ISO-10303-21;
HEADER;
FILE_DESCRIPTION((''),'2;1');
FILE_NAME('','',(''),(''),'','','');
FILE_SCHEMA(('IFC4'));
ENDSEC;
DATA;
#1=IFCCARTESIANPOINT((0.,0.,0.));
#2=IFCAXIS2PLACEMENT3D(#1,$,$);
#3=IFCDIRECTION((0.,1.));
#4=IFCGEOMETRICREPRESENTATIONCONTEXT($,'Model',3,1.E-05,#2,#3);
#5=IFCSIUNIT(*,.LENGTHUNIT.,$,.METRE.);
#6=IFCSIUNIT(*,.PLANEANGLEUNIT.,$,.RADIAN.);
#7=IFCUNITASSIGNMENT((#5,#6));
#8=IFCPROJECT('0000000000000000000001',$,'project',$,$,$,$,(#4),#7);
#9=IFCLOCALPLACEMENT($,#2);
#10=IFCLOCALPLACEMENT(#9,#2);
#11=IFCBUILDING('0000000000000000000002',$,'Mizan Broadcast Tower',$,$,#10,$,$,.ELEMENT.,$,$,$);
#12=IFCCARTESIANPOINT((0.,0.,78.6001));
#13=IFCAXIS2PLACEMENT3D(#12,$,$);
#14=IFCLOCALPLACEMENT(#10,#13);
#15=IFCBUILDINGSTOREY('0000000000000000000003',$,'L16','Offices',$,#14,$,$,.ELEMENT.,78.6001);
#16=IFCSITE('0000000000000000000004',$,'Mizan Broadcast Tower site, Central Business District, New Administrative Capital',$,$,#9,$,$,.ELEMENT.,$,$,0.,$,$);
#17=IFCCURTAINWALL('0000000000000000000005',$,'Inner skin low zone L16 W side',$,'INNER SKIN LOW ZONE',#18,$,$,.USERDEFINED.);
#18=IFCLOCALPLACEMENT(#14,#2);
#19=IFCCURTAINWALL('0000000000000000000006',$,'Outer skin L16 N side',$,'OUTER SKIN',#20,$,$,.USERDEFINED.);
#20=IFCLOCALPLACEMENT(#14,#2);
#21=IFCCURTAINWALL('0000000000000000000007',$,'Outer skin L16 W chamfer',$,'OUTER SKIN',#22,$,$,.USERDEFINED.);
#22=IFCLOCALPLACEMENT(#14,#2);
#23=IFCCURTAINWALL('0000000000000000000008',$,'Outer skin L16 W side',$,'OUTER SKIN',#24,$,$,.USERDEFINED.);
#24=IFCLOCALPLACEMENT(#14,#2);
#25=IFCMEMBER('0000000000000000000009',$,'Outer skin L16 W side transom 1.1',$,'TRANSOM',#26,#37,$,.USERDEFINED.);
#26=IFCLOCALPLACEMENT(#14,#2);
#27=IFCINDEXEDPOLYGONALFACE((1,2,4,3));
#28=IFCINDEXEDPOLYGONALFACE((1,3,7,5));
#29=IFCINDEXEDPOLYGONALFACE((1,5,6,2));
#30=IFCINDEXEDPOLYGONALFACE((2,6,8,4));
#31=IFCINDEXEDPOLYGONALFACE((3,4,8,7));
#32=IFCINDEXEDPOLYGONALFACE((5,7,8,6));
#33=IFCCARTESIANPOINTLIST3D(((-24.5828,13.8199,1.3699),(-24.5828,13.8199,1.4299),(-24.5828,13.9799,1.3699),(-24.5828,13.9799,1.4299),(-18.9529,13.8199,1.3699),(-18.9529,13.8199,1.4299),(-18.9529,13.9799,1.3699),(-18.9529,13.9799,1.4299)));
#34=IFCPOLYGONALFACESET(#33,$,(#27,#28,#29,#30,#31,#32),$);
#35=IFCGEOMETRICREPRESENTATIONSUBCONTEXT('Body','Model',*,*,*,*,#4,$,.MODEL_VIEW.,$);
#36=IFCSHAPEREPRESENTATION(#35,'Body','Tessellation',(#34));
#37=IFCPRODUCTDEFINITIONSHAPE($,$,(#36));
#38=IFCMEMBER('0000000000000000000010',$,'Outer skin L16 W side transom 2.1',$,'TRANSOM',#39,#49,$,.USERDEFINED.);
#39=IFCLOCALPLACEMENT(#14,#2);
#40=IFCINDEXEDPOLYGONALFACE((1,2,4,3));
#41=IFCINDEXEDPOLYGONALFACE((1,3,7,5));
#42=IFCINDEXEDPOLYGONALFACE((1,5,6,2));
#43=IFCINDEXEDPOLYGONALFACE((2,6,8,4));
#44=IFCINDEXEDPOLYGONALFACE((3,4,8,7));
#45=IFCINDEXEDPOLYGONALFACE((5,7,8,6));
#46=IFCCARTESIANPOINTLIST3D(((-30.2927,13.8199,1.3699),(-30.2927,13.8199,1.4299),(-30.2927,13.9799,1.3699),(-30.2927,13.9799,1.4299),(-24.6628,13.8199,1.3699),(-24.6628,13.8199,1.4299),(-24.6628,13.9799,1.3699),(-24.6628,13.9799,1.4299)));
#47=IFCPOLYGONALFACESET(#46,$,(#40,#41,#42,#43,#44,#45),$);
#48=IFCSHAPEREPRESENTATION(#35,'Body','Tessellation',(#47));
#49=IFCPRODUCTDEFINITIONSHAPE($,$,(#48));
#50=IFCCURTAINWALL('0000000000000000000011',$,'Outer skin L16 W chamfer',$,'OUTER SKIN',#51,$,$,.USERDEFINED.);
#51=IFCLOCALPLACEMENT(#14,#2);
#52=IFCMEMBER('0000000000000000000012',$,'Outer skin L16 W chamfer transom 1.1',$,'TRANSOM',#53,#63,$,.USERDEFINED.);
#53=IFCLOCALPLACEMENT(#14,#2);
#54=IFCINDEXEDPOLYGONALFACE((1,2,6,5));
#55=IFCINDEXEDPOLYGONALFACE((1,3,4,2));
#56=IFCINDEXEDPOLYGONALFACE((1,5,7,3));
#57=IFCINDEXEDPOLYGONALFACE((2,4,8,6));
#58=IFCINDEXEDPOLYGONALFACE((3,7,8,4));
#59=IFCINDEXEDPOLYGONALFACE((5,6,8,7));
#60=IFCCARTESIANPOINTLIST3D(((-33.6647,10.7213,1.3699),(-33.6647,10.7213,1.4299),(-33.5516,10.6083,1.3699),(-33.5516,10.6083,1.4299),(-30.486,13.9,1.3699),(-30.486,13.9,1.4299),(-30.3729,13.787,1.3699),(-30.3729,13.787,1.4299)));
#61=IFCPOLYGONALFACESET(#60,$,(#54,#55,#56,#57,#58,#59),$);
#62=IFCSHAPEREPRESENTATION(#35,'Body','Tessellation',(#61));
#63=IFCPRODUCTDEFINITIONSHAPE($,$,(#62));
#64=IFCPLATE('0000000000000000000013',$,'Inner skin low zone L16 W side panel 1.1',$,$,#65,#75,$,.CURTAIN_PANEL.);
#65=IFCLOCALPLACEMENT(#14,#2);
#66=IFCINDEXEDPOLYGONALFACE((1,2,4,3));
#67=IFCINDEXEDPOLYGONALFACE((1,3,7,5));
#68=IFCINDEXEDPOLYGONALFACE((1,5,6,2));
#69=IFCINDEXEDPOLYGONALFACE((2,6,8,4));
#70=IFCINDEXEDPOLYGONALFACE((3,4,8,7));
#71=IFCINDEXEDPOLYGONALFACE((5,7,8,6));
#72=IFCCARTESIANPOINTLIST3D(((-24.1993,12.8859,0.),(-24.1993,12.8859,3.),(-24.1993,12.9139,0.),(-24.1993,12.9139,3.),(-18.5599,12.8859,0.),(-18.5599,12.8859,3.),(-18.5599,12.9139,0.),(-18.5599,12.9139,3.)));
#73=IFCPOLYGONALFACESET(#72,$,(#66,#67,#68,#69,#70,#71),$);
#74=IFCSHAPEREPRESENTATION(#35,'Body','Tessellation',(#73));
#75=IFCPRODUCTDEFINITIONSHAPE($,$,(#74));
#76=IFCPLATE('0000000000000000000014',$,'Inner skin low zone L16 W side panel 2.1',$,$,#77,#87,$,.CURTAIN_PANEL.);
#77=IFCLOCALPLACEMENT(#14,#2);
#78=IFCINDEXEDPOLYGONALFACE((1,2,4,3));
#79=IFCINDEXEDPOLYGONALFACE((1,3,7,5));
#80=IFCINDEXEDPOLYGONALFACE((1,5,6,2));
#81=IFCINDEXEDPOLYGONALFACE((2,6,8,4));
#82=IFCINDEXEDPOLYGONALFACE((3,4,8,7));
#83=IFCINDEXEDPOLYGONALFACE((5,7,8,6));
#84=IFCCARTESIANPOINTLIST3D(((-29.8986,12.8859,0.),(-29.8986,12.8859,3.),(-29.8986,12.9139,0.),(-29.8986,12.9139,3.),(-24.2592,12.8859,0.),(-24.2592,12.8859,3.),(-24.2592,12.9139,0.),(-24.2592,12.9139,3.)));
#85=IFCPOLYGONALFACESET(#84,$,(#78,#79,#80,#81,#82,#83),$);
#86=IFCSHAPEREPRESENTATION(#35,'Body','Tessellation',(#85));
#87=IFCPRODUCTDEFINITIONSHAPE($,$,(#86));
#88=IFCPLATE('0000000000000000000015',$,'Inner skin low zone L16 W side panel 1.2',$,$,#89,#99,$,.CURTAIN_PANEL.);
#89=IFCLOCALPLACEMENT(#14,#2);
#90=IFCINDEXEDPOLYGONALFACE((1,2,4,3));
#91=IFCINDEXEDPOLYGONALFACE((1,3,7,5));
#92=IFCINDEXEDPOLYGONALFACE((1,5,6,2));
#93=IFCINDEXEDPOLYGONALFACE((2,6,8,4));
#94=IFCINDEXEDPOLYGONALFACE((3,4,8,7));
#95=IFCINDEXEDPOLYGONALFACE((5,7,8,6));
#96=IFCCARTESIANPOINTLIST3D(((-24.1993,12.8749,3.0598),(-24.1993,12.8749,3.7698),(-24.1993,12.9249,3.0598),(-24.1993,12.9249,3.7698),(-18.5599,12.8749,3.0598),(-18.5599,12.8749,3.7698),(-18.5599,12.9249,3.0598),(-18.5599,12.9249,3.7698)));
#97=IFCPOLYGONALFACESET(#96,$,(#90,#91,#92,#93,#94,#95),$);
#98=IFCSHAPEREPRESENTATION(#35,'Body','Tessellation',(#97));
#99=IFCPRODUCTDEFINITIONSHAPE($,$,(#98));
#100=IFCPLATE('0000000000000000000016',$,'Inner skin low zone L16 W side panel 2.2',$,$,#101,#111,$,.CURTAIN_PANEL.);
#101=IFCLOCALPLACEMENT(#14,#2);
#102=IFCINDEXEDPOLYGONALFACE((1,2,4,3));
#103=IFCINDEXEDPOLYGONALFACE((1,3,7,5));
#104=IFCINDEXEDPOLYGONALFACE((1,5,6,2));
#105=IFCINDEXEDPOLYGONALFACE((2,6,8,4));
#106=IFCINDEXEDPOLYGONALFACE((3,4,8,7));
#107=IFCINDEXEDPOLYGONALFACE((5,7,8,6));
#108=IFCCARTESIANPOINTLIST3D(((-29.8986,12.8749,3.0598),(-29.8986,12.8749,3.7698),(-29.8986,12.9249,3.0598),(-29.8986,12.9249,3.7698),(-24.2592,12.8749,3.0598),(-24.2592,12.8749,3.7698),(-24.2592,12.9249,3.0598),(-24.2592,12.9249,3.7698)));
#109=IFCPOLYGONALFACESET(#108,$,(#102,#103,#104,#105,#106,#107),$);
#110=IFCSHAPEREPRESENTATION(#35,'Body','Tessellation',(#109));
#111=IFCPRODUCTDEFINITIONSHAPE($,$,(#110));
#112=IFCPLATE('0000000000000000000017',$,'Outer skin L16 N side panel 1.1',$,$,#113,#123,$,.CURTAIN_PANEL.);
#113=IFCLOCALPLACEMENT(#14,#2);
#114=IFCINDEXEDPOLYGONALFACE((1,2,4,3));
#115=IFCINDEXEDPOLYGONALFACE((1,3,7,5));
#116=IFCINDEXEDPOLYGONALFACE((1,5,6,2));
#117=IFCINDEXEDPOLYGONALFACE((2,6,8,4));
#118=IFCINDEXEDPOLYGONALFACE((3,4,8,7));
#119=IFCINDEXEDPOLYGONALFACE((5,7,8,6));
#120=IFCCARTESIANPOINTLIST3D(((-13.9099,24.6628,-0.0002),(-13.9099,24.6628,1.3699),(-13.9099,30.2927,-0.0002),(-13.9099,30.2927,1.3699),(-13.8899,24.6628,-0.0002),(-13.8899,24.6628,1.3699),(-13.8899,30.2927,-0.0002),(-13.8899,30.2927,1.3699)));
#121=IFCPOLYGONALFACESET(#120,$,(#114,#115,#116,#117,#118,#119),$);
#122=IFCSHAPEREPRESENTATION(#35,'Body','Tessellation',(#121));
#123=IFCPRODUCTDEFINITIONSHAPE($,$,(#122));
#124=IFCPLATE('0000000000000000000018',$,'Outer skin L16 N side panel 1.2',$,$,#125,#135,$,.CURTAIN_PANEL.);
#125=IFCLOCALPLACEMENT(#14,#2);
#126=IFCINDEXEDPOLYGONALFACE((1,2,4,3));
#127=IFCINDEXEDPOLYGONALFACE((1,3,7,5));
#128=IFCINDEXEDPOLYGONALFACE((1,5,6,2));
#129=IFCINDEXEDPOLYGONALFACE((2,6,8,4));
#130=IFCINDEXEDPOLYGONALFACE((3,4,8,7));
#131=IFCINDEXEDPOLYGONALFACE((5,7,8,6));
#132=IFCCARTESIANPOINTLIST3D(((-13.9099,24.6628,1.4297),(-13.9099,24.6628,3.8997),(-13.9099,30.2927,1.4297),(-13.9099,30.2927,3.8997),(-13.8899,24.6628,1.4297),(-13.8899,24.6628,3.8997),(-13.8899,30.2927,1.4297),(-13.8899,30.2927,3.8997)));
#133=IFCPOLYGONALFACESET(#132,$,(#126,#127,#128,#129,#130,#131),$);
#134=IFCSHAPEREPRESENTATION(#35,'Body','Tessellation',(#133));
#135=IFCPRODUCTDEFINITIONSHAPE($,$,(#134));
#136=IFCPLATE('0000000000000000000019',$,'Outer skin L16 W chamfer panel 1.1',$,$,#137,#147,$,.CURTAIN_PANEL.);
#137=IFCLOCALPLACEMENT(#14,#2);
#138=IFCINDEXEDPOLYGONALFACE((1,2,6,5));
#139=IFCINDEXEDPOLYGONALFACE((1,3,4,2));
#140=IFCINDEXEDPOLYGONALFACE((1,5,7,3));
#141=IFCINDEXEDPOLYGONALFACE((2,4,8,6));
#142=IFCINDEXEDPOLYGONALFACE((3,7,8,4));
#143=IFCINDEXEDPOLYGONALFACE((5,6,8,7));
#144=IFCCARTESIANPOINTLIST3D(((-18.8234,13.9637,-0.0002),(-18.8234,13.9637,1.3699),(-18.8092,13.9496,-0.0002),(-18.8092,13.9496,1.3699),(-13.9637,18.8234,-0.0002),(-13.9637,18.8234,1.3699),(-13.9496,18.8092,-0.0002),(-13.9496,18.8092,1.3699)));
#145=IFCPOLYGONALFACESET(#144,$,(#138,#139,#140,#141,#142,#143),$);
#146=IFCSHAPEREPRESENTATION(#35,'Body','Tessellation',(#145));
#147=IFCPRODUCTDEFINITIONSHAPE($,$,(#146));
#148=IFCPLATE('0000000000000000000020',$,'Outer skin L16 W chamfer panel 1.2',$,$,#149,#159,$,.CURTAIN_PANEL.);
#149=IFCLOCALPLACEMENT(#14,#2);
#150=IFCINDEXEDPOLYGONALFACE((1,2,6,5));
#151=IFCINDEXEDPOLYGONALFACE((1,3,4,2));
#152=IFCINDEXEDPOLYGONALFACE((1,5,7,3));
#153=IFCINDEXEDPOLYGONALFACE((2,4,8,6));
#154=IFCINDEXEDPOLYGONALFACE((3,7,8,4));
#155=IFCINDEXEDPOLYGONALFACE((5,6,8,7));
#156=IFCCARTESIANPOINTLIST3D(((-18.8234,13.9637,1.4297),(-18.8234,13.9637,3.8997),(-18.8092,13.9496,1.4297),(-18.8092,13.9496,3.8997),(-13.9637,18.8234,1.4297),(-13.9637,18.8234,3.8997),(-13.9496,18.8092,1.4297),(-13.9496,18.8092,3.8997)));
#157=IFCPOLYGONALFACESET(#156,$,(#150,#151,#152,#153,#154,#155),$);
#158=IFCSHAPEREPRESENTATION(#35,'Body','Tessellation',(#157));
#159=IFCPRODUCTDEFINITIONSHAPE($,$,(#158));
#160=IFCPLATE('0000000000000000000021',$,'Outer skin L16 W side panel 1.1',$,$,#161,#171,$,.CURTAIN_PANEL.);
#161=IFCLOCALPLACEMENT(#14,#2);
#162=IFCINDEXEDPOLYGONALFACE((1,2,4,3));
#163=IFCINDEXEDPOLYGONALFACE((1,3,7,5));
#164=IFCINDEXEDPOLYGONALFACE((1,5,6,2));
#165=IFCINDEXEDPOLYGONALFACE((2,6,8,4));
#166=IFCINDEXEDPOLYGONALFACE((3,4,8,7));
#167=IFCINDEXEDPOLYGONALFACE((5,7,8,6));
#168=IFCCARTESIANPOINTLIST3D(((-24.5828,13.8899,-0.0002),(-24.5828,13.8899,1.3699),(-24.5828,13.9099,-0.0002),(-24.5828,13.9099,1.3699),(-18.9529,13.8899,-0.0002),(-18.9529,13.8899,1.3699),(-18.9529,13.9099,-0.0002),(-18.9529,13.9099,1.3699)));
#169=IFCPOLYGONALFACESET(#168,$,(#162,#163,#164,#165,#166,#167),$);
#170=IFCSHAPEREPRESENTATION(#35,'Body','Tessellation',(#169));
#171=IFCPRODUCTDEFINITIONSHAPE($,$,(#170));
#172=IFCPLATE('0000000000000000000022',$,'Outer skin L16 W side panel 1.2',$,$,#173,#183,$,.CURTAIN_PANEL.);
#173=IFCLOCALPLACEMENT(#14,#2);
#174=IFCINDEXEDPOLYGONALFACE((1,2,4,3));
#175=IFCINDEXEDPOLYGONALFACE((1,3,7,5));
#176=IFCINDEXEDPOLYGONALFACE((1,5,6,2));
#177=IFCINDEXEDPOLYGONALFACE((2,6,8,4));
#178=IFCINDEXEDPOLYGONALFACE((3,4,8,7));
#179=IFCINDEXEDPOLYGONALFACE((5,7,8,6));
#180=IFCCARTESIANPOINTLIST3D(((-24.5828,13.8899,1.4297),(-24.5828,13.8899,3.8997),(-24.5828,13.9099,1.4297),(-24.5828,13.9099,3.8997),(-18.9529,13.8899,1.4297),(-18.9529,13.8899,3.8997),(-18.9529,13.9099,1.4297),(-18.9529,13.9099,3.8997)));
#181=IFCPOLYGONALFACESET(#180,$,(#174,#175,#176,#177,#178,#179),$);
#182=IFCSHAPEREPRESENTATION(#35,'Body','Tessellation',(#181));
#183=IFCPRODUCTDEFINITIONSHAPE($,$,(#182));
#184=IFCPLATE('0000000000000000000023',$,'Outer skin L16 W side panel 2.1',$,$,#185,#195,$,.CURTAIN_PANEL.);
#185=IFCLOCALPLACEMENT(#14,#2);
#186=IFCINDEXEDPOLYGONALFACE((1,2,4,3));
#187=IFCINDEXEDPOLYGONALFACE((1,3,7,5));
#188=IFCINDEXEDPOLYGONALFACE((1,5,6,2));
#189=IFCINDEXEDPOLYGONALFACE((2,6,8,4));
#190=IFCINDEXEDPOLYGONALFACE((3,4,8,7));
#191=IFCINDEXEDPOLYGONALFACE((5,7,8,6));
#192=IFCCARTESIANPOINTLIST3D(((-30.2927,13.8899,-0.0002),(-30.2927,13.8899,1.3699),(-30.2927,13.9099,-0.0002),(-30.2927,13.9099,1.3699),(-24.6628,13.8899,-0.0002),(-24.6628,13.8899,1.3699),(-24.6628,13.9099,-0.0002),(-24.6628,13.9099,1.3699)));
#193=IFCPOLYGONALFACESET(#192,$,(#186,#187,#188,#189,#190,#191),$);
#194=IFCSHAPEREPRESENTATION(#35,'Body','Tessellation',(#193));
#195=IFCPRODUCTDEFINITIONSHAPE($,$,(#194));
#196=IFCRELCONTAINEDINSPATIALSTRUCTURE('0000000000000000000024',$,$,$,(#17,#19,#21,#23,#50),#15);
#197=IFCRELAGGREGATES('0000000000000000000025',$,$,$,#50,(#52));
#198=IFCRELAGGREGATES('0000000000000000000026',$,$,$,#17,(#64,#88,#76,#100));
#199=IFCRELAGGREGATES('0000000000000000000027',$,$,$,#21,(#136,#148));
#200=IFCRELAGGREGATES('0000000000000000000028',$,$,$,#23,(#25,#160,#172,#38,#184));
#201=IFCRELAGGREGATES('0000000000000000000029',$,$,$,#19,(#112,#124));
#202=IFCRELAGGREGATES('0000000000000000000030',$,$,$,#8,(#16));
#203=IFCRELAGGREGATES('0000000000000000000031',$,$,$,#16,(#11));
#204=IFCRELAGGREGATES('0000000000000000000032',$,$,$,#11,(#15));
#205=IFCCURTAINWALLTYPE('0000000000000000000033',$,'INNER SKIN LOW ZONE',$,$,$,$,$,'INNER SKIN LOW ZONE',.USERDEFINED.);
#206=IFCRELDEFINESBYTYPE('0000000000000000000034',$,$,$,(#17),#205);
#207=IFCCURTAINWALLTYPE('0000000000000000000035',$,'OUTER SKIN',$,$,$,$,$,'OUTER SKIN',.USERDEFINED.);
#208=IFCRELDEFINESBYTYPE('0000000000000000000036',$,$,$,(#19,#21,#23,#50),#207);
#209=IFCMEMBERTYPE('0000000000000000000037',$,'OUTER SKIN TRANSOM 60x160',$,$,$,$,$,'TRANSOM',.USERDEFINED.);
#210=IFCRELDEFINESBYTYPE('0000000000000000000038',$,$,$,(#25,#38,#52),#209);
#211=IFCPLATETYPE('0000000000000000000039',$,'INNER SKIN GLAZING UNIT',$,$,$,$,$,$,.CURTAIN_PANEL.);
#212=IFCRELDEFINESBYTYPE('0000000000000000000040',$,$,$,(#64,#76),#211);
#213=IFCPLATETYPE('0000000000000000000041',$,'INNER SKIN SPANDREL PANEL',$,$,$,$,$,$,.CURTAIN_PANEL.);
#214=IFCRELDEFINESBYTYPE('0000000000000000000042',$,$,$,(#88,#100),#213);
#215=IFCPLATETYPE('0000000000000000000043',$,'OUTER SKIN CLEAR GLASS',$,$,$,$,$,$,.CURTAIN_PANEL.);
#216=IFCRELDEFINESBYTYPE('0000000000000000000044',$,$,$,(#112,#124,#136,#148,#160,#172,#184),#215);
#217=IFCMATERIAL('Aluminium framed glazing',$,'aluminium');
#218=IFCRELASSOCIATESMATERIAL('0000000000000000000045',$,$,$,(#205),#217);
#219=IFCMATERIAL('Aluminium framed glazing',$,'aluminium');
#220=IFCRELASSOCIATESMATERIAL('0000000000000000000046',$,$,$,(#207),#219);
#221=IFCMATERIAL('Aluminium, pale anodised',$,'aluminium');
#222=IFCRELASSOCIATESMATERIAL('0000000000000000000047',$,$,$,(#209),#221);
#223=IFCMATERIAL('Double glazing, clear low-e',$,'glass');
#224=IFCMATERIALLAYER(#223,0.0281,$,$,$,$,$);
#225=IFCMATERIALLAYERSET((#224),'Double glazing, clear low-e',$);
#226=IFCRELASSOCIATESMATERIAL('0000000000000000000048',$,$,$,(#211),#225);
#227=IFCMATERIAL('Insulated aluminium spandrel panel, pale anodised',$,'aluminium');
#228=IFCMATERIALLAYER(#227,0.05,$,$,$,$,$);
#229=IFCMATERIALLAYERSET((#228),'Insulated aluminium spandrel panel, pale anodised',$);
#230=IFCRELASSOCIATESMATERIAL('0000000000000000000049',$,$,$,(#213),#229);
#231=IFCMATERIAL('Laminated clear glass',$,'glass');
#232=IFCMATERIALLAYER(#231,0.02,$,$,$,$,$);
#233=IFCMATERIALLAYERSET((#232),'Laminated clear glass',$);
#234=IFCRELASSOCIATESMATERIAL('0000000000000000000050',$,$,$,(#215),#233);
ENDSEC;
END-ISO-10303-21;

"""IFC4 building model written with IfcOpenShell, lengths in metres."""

from ifc_helpers import new_model, si_unit, direction, frame, origin, origin_2d, place, context, subcontext, project, spatial, rectangle, extrude, material, layer, layer_set, material_profile, profile_set, type_object, element, aggregate, save


model = new_model("IFC4")

# Units and contexts
model_context = context("Model", 3, precision=1e-05, world=origin(), true_north=direction((0.0, 1.0)))
body_context = subcontext(model_context, "Body", "Model", "MODEL_VIEW")
ifc_project = project(units=[si_unit("LENGTHUNIT", "METRE"), si_unit("PLANEANGLEUNIT", "RADIAN")], contexts=[model_context])

# Site, building, storey
site_placement = place(None, origin())
site = spatial("IfcSite", under=ifc_project, at=site_placement, Name="Mizan Broadcast Tower site, Central Business District, New Administrative Capital", CompositionType="ELEMENT", RefElevation=0.0)
building_placement = place(site_placement, origin())
building = spatial("IfcBuilding", under=site, at=building_placement, Name="Mizan Broadcast Tower", CompositionType="ELEMENT")
storey_placement = place(building_placement, frame((0.0, 0.0, 78.6001)))
storey = spatial("IfcBuildingStorey", under=building, at=storey_placement, Name="L16", Description="Offices", CompositionType="ELEMENT", Elevation=78.6001)

# Curtain wall
ifc_material_1 = material(Name="Aluminium framed glazing", Category="aluminium")
curtain_wall_type_1 = type_object("IfcCurtainWallType", Name="INNER SKIN LOW ZONE", ElementType="INNER SKIN LOW ZONE", PredefinedType="USERDEFINED", material=ifc_material_1)
curtain_wall_1_placement = place(storey_placement, origin())
curtain_wall_1 = element("IfcCurtainWall", 1, at=curtain_wall_1_placement, inside=storey, type_object=curtain_wall_type_1, Name="Inner skin low zone L16 W side", ObjectType="INNER SKIN LOW ZONE", PredefinedType="USERDEFINED")

# Shared definitions
ifc_material_2 = material(Name="Aluminium framed glazing", Category="aluminium")
curtain_wall_type_2 = type_object("IfcCurtainWallType", Name="OUTER SKIN", ElementType="OUTER SKIN", PredefinedType="USERDEFINED", material=ifc_material_2)

# Curtain wall
curtain_wall_2_placement = place(storey_placement, origin())
curtain_wall_2 = element("IfcCurtainWall", 2, at=curtain_wall_2_placement, inside=storey, type_object=curtain_wall_type_2, Name="Outer skin L16 N side", ObjectType="OUTER SKIN", PredefinedType="USERDEFINED")

# Curtain wall
curtain_wall_3_placement = place(storey_placement, origin())
curtain_wall_3 = element("IfcCurtainWall", 3, at=curtain_wall_3_placement, inside=storey, type_object=curtain_wall_type_2, Name="Outer skin L16 W chamfer", ObjectType="OUTER SKIN", PredefinedType="USERDEFINED")

# Curtain wall
curtain_wall_4_placement = place(storey_placement, origin())
curtain_wall_4 = element("IfcCurtainWall", 4, at=curtain_wall_4_placement, inside=storey, type_object=curtain_wall_type_2, Name="Outer skin L16 W side", ObjectType="OUTER SKIN", PredefinedType="USERDEFINED")

# Members
ifc_material_3 = material(Name="Aluminium, pale anodised", Category="aluminium")
ifc_material_profile_1 = material_profile(ifc_material_3, rectangle(XDim=0.1599, YDim=0.0601, at=origin_2d()), Name="TRANSOM 160x60")
ifc_profile_set_1 = profile_set([ifc_material_profile_1], Name="Aluminium, pale anodised")
member_type_1 = type_object("IfcMemberType", Name="OUTER SKIN TRANSOM 60x160", ElementType="TRANSOM", PredefinedType="USERDEFINED", material=ifc_profile_set_1)
member_1_placement = place(storey_placement, frame((-18.9529, 13.8999, 1.3999), z_axis=(-1.0, 0.0, 0.0), x_axis=(0.0, -1.0, 0.0)))
member_1 = element("IfcMember", 5, at=member_1_placement, type_object=member_type_1, Name="Outer skin L16 W side transom 1.1", ObjectType="TRANSOM", PredefinedType="USERDEFINED", context=body_context, shape_type="SweptSolid", body=[
    extrude(rectangle(XDim=0.1599, YDim=0.0601, at=origin_2d()), origin(), (0.0, 0.0, 1.0), 5.6299),
])
member_2_placement = place(storey_placement, frame((-24.6628, 13.8999, 1.3999), z_axis=(-1.0, 0.0, 0.0), x_axis=(0.0, -1.0, 0.0)))
member_2 = element("IfcMember", 6, at=member_2_placement, type_object=member_type_1, Name="Outer skin L16 W side transom 2.1", ObjectType="TRANSOM", PredefinedType="USERDEFINED", context=body_context, shape_type="SweptSolid", body=[
    extrude(rectangle(XDim=0.1599, YDim=0.0601, at=origin_2d()), origin(), (0.0, 0.0, 1.0), 5.6299),
])

# Curtain wall, member
curtain_wall_5_placement = place(storey_placement, origin())
curtain_wall_5 = element("IfcCurtainWall", 7, at=curtain_wall_5_placement, inside=storey, type_object=curtain_wall_type_2, Name="Outer skin L16 W chamfer", ObjectType="OUTER SKIN", PredefinedType="USERDEFINED")
member_3_placement = place(storey_placement, frame((-30.4294, 13.8435, 1.3999), z_axis=(-0.707107, -0.707107, 0.0), x_axis=(0.707107, -0.707107, 0.0)))
member_3 = element("IfcMember", 8, at=member_3_placement, type_object=member_type_1, Name="Outer skin L16 W chamfer transom 1.1", ObjectType="TRANSOM", PredefinedType="USERDEFINED", context=body_context, shape_type="SweptSolid", body=[
    extrude(rectangle(XDim=0.1599, YDim=0.0601, at=origin_2d()), origin(), (0.0, 0.0, 1.0), 4.4954),
])
aggregate(curtain_wall_5, [member_3])

# Plates
ifc_material_4 = material(Name="Double glazing, clear low-e", Category="glass")
ifc_layer_1 = layer(ifc_material_4, 0.0281)
ifc_layer_set_1 = layer_set([ifc_layer_1], Name="Double glazing, clear low-e")
plate_type_1 = type_object("IfcPlateType", Name="INNER SKIN GLAZING UNIT", PredefinedType="CURTAIN_PANEL", material=ifc_layer_set_1)
plate_1_placement = place(storey_placement, frame((-21.3796, 12.8999, 0.0), z_axis=(0.0, 0.0, 1.0), x_axis=(-1.0, 0.0, 0.0)))
plate_1 = element("IfcPlate", 9, at=plate_1_placement, type_object=plate_type_1, Name="Inner skin low zone L16 W side panel 1.1", PredefinedType="CURTAIN_PANEL", context=body_context, shape_type="SweptSolid", body=[
    extrude(rectangle(XDim=5.6394, YDim=0.0281, at=origin_2d()), origin(), (0.0, 0.0, 1.0), 3.0),
])
plate_2_placement = place(storey_placement, frame((-27.0789, 12.8999, 0.0), z_axis=(0.0, 0.0, 1.0), x_axis=(-1.0, 0.0, 0.0)))
plate_2 = element("IfcPlate", 10, at=plate_2_placement, type_object=plate_type_1, Name="Inner skin low zone L16 W side panel 2.1", PredefinedType="CURTAIN_PANEL", context=body_context, shape_type="SweptSolid", body=[
    extrude(rectangle(XDim=5.6394, YDim=0.0281, at=origin_2d()), origin(), (0.0, 0.0, 1.0), 3.0),
])
ifc_material_5 = material(Name="Insulated aluminium spandrel panel, pale anodised", Category="aluminium")
ifc_layer_2 = layer(ifc_material_5, 0.05)
ifc_layer_set_2 = layer_set([ifc_layer_2], Name="Insulated aluminium spandrel panel, pale anodised")
plate_type_2 = type_object("IfcPlateType", Name="INNER SKIN SPANDREL PANEL", PredefinedType="CURTAIN_PANEL", material=ifc_layer_set_2)
plate_3_placement = place(storey_placement, frame((-21.3796, 12.8999, 3.0598), z_axis=(0.0, 0.0, 1.0), x_axis=(-1.0, 0.0, 0.0)))
plate_3 = element("IfcPlate", 11, at=plate_3_placement, type_object=plate_type_2, Name="Inner skin low zone L16 W side panel 1.2", PredefinedType="CURTAIN_PANEL", context=body_context, shape_type="SweptSolid", body=[
    extrude(rectangle(XDim=5.6394, YDim=0.05, at=origin_2d()), origin(), (0.0, 0.0, 1.0), 0.71),
])
plate_4_placement = place(storey_placement, frame((-27.0789, 12.8999, 3.0598), z_axis=(0.0, 0.0, 1.0), x_axis=(-1.0, 0.0, 0.0)))
plate_4 = element("IfcPlate", 12, at=plate_4_placement, type_object=plate_type_2, Name="Inner skin low zone L16 W side panel 2.2", PredefinedType="CURTAIN_PANEL", context=body_context, shape_type="SweptSolid", body=[
    extrude(rectangle(XDim=5.6394, YDim=0.05, at=origin_2d()), origin(), (0.0, 0.0, 1.0), 0.71),
])
aggregate(curtain_wall_1, [plate_1, plate_3, plate_2, plate_4])
ifc_material_6 = material(Name="Laminated clear glass", Category="glass")
ifc_layer_3 = layer(ifc_material_6, 0.02)
ifc_layer_set_3 = layer_set([ifc_layer_3], Name="Laminated clear glass")
plate_type_3 = type_object("IfcPlateType", Name="OUTER SKIN CLEAR GLASS", PredefinedType="CURTAIN_PANEL", material=ifc_layer_set_3)
plate_5_placement = place(storey_placement, frame((-13.8999, 27.4778, -0.0002), z_axis=(0.0, 0.0, 1.0), x_axis=(0.0, -1.0, 0.0)))
plate_5 = element("IfcPlate", 13, at=plate_5_placement, type_object=plate_type_3, Name="Outer skin L16 N side panel 1.1", PredefinedType="CURTAIN_PANEL", context=body_context, shape_type="SweptSolid", body=[
    extrude(rectangle(XDim=5.6299, YDim=0.02, at=origin_2d()), origin(), (0.0, 0.0, 1.0), 1.3701),
])
plate_6_placement = place(storey_placement, frame((-13.8999, 27.4778, 1.4297), z_axis=(0.0, 0.0, 1.0), x_axis=(0.0, -1.0, 0.0)))
plate_6 = element("IfcPlate", 14, at=plate_6_placement, type_object=plate_type_3, Name="Outer skin L16 N side panel 1.2", PredefinedType="CURTAIN_PANEL", context=body_context, shape_type="SweptSolid", body=[
    extrude(rectangle(XDim=5.6299, YDim=0.02, at=origin_2d()), origin(), (0.0, 0.0, 1.0), 2.47),
])
plate_7_placement = place(storey_placement, frame((-16.3865, 16.3865, -0.0002), z_axis=(0.0, 0.0, 1.0), x_axis=(-0.707107, -0.707107, 0.0)))
plate_7 = element("IfcPlate", 15, at=plate_7_placement, type_object=plate_type_3, Name="Outer skin L16 W chamfer panel 1.1", PredefinedType="CURTAIN_PANEL", context=body_context, shape_type="SweptSolid", body=[
    extrude(rectangle(XDim=6.8726, YDim=0.02, at=origin_2d()), origin(), (0.0, 0.0, 1.0), 1.3701),
])
plate_8_placement = place(storey_placement, frame((-16.3865, 16.3865, 1.4297), z_axis=(0.0, 0.0, 1.0), x_axis=(-0.707107, -0.707107, 0.0)))
plate_8 = element("IfcPlate", 16, at=plate_8_placement, type_object=plate_type_3, Name="Outer skin L16 W chamfer panel 1.2", PredefinedType="CURTAIN_PANEL", context=body_context, shape_type="SweptSolid", body=[
    extrude(rectangle(XDim=6.8726, YDim=0.02, at=origin_2d()), origin(), (0.0, 0.0, 1.0), 2.47),
])
aggregate(curtain_wall_3, [plate_7, plate_8])
plate_9_placement = place(storey_placement, frame((-21.7678, 13.8999, -0.0002), z_axis=(0.0, 0.0, 1.0), x_axis=(-1.0, 0.0, 0.0)))
plate_9 = element("IfcPlate", 17, at=plate_9_placement, type_object=plate_type_3, Name="Outer skin L16 W side panel 1.1", PredefinedType="CURTAIN_PANEL", context=body_context, shape_type="SweptSolid", body=[
    extrude(rectangle(XDim=5.6299, YDim=0.02, at=origin_2d()), origin(), (0.0, 0.0, 1.0), 1.3701),
])
plate_10_placement = place(storey_placement, frame((-21.7678, 13.8999, 1.4297), z_axis=(0.0, 0.0, 1.0), x_axis=(-1.0, 0.0, 0.0)))
plate_10 = element("IfcPlate", 18, at=plate_10_placement, type_object=plate_type_3, Name="Outer skin L16 W side panel 1.2", PredefinedType="CURTAIN_PANEL", context=body_context, shape_type="SweptSolid", body=[
    extrude(rectangle(XDim=5.6299, YDim=0.02, at=origin_2d()), origin(), (0.0, 0.0, 1.0), 2.47),
])
plate_11_placement = place(storey_placement, frame((-27.4778, 13.8999, -0.0002), z_axis=(0.0, 0.0, 1.0), x_axis=(-1.0, 0.0, 0.0)))
plate_11 = element("IfcPlate", 19, at=plate_11_placement, type_object=plate_type_3, Name="Outer skin L16 W side panel 2.1", PredefinedType="CURTAIN_PANEL", context=body_context, shape_type="SweptSolid", body=[
    extrude(rectangle(XDim=5.6299, YDim=0.02, at=origin_2d()), origin(), (0.0, 0.0, 1.0), 1.3701),
])
aggregate(curtain_wall_4, [member_1, plate_9, plate_10, member_2, plate_11])
aggregate(curtain_wall_2, [plate_5, plate_6])

save(model, "model.ifc")
